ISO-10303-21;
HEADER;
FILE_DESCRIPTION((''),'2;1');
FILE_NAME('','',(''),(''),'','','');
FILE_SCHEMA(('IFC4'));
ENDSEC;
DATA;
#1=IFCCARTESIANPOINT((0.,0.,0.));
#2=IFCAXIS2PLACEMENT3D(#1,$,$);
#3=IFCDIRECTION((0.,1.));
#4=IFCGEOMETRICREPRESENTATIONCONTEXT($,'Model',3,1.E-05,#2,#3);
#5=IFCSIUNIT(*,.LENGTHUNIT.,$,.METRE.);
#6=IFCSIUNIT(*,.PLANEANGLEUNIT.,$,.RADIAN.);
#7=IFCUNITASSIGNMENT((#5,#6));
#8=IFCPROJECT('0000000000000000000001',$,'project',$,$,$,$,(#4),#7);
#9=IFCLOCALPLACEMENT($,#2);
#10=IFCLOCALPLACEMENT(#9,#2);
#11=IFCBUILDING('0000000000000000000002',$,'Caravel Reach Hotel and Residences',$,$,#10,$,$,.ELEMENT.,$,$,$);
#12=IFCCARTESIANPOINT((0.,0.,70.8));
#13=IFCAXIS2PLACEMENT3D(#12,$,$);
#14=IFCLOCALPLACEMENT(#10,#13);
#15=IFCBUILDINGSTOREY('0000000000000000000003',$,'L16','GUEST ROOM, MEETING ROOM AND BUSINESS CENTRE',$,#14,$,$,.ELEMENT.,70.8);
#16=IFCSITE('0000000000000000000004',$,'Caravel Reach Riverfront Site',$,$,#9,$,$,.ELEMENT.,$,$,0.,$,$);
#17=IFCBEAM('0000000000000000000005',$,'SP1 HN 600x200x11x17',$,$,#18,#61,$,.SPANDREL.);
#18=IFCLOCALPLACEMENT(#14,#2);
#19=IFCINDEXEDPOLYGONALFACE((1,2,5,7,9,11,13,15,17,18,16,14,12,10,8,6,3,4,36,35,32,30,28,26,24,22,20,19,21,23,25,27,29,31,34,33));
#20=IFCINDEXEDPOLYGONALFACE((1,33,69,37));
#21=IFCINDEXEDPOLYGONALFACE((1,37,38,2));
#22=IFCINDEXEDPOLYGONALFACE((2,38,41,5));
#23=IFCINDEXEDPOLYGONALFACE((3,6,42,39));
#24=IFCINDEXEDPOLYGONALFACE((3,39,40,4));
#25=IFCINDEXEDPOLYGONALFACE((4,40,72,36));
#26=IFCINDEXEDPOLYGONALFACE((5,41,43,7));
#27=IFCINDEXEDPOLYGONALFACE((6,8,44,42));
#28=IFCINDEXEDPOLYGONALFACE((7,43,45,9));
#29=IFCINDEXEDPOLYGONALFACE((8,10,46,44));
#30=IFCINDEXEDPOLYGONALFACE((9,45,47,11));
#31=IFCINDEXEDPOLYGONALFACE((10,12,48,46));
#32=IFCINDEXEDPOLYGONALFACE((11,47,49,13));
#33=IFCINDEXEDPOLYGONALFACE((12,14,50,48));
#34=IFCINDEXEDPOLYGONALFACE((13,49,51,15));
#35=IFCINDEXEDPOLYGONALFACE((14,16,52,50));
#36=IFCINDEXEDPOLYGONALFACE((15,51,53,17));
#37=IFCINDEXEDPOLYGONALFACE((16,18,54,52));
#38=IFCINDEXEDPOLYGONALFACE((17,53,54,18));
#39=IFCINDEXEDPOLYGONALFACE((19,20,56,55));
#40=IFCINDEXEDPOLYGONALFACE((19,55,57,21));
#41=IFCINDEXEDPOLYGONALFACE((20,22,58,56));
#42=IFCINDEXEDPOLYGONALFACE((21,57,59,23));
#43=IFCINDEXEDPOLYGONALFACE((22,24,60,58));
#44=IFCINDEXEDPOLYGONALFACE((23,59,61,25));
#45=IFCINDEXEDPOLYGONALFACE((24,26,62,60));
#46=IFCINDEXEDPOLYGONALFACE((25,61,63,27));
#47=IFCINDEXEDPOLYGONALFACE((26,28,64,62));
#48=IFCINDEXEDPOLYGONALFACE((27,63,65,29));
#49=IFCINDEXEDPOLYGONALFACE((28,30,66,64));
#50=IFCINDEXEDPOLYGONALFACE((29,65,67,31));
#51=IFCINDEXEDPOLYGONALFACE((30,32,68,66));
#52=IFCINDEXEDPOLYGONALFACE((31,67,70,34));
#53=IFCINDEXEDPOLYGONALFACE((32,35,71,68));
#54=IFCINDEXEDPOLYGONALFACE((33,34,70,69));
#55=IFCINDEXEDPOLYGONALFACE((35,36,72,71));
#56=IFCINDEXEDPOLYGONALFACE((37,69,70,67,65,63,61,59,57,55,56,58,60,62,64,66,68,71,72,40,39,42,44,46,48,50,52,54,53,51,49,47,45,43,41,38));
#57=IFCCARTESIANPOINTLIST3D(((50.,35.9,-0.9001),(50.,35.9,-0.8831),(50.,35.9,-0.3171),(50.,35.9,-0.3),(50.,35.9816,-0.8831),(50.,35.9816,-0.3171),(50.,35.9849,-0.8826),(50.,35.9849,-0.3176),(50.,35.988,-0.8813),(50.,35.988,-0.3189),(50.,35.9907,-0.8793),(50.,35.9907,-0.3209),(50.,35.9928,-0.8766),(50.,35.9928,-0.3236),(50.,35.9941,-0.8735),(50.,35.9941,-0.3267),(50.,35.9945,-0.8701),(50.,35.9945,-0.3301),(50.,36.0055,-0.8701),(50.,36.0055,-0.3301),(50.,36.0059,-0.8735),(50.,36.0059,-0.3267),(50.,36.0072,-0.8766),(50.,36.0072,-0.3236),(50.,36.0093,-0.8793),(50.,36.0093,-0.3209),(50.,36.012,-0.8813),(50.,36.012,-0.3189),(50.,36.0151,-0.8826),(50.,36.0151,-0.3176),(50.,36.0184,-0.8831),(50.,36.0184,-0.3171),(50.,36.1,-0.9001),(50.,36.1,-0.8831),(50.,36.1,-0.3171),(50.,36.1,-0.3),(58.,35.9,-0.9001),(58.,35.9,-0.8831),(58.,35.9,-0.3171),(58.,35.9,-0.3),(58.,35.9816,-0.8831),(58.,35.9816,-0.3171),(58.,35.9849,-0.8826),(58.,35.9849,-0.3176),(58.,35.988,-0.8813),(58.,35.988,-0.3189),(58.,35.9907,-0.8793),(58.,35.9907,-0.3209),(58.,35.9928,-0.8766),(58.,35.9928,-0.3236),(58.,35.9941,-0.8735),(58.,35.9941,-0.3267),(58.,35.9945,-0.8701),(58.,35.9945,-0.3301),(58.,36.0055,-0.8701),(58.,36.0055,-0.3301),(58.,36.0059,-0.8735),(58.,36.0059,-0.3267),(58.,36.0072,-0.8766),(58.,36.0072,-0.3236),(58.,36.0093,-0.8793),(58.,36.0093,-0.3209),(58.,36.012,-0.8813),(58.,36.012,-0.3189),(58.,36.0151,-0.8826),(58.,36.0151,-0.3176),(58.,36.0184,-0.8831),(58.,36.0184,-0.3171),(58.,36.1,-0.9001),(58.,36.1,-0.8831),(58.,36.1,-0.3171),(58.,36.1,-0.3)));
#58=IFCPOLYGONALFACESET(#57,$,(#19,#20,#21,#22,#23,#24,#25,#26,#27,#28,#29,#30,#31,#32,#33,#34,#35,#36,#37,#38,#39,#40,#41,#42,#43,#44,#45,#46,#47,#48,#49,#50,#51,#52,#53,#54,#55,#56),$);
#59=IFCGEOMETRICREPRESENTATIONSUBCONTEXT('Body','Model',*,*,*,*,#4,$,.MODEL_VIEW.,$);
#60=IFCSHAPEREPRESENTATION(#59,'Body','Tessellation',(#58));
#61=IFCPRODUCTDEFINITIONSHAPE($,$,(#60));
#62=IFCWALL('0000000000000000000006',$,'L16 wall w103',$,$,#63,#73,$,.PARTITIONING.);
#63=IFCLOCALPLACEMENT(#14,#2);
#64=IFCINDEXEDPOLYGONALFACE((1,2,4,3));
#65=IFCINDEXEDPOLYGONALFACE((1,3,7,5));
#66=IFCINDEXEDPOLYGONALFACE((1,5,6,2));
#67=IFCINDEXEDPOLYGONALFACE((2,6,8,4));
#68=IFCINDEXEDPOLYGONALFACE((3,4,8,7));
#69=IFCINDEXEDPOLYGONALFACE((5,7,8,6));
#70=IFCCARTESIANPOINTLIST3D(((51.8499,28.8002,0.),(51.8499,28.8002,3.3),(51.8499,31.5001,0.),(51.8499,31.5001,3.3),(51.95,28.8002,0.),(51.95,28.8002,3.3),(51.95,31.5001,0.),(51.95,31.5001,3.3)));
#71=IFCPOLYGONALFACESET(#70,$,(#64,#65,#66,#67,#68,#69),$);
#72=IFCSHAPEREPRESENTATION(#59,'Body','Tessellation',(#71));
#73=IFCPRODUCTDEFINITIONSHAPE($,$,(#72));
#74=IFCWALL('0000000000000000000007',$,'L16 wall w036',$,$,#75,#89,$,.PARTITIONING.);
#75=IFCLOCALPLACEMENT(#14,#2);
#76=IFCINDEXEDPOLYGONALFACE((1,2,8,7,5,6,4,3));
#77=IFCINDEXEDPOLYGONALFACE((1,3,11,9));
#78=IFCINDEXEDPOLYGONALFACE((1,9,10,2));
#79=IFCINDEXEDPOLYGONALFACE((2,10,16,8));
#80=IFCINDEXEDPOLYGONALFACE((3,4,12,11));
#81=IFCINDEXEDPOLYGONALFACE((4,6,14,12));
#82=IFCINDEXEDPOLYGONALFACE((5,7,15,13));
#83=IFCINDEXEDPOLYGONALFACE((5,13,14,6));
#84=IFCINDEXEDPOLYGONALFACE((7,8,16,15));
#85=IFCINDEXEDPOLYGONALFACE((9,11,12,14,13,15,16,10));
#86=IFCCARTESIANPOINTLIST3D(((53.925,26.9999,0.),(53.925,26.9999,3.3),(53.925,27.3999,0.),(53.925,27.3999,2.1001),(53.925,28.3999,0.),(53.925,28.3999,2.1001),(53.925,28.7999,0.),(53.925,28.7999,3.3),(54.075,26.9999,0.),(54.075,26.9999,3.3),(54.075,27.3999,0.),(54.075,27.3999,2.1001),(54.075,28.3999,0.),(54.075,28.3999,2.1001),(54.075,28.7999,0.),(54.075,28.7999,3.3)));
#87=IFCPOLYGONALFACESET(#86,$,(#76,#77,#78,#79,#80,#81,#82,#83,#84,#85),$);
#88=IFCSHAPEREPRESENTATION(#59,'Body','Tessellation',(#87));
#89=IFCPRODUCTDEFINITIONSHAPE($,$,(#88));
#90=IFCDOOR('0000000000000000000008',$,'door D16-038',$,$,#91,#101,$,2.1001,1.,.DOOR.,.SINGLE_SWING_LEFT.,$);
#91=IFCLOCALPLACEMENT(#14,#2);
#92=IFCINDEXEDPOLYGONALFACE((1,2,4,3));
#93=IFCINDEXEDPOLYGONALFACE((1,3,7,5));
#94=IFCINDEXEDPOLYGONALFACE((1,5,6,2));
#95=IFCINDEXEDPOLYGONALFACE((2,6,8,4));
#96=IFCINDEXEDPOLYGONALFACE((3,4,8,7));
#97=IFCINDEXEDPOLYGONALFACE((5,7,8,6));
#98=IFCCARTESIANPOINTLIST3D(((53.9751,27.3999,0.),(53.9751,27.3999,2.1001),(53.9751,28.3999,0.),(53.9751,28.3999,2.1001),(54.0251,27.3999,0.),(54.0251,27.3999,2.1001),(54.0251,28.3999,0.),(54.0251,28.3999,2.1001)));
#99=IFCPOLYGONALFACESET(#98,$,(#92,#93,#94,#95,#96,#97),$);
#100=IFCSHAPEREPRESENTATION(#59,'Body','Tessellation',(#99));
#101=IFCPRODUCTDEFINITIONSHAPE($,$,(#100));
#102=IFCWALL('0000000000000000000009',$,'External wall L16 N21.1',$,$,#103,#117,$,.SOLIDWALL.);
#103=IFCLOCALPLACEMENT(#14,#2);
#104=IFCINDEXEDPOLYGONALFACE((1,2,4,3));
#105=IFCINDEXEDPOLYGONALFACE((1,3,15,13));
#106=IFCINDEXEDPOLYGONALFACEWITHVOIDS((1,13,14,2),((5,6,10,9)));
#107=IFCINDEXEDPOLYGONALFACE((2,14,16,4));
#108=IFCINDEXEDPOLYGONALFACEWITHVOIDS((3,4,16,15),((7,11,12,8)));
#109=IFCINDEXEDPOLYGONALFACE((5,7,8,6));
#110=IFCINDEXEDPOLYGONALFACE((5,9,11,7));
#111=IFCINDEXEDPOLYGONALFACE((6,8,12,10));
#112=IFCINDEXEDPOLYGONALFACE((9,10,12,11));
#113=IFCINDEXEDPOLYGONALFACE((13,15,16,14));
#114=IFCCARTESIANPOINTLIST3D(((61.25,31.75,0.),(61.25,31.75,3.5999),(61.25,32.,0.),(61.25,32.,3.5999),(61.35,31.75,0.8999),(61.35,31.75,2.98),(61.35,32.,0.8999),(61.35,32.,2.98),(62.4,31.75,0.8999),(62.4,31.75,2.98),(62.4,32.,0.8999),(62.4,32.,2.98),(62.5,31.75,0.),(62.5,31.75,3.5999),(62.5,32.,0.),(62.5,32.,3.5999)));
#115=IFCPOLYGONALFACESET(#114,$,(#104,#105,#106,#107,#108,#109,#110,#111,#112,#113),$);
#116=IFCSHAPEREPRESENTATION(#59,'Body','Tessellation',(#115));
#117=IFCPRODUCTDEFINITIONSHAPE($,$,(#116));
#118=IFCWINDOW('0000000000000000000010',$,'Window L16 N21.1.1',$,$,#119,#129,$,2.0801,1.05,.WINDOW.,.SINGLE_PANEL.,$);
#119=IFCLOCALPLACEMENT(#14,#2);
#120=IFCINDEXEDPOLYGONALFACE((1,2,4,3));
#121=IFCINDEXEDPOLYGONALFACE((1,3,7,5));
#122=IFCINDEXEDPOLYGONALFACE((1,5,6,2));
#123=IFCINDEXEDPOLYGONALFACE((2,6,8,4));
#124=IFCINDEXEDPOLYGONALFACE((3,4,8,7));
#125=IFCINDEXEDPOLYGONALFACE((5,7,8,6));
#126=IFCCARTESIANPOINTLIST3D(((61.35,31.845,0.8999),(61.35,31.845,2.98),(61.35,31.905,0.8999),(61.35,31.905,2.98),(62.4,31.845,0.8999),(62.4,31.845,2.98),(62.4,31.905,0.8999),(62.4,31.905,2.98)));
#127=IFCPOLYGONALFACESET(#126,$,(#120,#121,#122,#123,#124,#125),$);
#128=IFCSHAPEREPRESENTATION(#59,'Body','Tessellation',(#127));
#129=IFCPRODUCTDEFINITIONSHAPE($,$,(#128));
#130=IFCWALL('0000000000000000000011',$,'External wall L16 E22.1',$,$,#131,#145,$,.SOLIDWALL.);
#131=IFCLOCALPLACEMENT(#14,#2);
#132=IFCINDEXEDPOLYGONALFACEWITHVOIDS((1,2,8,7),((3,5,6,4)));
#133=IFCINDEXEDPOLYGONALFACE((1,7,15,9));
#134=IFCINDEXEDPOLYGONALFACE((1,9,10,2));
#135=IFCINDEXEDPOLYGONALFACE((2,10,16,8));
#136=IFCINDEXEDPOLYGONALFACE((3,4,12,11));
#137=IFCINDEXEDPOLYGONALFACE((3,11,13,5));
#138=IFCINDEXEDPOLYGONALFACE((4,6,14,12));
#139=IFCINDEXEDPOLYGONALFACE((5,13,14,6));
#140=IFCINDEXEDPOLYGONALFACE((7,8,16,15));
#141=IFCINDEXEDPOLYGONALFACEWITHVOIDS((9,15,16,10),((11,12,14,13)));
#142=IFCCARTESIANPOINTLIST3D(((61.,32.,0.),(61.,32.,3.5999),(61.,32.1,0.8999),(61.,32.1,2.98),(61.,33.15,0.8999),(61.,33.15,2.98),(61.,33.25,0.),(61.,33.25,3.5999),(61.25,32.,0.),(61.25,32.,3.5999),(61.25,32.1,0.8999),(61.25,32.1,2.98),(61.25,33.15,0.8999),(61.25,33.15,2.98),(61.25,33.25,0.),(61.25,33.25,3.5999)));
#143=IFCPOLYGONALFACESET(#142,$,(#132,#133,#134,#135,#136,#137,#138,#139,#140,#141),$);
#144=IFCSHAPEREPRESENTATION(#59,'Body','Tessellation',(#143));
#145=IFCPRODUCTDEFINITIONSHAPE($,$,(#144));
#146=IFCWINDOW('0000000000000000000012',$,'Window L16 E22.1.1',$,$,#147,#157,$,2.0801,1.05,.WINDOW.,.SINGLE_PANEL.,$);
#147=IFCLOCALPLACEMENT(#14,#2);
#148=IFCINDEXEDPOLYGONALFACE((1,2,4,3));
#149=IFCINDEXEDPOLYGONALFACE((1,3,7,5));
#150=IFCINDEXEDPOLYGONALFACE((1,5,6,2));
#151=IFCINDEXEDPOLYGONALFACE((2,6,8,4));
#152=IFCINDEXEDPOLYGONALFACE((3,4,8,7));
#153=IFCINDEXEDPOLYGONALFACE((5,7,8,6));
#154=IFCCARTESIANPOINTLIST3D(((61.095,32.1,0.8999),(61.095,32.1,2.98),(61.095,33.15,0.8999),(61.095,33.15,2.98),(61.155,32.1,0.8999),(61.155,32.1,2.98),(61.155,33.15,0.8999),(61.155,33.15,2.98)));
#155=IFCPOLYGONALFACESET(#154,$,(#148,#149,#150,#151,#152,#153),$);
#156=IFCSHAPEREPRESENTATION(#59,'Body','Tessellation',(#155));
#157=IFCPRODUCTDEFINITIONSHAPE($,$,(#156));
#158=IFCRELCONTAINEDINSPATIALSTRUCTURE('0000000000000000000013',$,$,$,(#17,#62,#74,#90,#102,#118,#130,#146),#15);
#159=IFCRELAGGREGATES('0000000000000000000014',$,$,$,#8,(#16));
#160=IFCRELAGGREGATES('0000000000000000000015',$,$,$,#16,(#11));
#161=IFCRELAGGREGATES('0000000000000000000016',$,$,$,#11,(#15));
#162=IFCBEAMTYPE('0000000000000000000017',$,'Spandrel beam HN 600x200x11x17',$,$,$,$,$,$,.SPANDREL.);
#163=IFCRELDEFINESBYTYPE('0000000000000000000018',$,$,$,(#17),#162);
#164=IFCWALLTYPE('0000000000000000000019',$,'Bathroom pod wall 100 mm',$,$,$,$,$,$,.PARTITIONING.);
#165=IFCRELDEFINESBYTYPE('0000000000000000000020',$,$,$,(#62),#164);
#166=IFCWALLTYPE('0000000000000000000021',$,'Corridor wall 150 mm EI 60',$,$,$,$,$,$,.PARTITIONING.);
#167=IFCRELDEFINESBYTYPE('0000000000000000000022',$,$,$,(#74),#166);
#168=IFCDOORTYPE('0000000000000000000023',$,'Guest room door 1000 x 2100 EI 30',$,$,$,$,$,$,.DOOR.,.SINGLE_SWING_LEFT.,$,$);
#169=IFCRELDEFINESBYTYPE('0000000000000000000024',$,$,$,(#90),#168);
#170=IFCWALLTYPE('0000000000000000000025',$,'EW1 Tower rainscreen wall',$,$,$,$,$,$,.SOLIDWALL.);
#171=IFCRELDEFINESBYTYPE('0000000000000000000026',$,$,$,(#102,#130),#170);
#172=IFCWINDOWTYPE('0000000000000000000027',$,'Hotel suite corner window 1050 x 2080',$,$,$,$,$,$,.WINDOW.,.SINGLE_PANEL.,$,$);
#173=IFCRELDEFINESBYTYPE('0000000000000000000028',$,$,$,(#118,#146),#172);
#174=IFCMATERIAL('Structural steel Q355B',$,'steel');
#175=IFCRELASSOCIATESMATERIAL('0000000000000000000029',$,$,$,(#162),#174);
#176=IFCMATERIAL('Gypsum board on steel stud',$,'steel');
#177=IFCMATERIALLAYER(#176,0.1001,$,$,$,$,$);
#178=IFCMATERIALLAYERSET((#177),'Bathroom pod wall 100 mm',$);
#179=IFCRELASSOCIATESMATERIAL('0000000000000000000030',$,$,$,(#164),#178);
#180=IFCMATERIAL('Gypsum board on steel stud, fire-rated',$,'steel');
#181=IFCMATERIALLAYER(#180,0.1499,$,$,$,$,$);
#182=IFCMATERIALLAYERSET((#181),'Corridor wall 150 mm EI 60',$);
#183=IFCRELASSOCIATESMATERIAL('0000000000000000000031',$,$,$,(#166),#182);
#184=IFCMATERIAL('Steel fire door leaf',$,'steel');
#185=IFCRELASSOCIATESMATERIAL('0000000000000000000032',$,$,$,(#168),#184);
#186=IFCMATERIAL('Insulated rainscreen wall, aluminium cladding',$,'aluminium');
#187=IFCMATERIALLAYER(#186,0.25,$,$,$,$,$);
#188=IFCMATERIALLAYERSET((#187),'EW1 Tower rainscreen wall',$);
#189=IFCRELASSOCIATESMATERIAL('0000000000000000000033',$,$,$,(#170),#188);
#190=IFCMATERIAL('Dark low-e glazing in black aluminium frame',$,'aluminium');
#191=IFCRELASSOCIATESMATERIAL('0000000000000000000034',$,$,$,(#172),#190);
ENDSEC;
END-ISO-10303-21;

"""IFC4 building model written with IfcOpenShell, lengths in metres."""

from ifc_helpers import new_model, si_unit, direction, frame, frame_2d, origin, origin_2d, place, context, subcontext, project, spatial, rectangle, i_section, extrude, material, layer, layer_set, material_profile, profile_set, type_object, element, fill, save


model = new_model("IFC4")

# Units and contexts
model_context = context("Model", 3, precision=1e-05, world=origin(), true_north=direction((0.0, 1.0)))
body_context = subcontext(model_context, "Body", "Model", "MODEL_VIEW")
ifc_project = project(units=[si_unit("LENGTHUNIT", "METRE"), si_unit("PLANEANGLEUNIT", "RADIAN")], contexts=[model_context])

# Site, building, storey
site_placement = place(None, origin())
site = spatial("IfcSite", under=ifc_project, at=site_placement, Name="Caravel Reach Riverfront Site", CompositionType="ELEMENT", RefElevation=0.0)
building_placement = place(site_placement, origin())
building = spatial("IfcBuilding", under=site, at=building_placement, Name="Caravel Reach Hotel and Residences", CompositionType="ELEMENT")
storey_placement = place(building_placement, frame((0.0, 0.0, 70.8)))
storey = spatial("IfcBuildingStorey", under=building, at=storey_placement, Name="L16", Description="GUEST ROOM, MEETING ROOM AND BUSINESS CENTRE", CompositionType="ELEMENT", Elevation=70.8)

# Beam
ifc_material_1 = material(Name="Structural steel Q355B", Category="steel")
ifc_material_profile_1 = material_profile(ifc_material_1, i_section(OverallWidth=0.2, OverallDepth=0.6001, WebThickness=0.011, FlangeThickness=0.0171, FilletRadius=0.0129, at=origin_2d()), Name="HN 600x200x11x17")
ifc_profile_set_1 = profile_set([ifc_material_profile_1], Name="Structural steel Q355B")
beam_type_1 = type_object("IfcBeamType", Name="Spandrel beam HN 600x200x11x17", PredefinedType="SPANDREL", material=ifc_profile_set_1)
beam_1_placement = place(storey_placement, frame((58.0, 36.0, -0.6001), z_axis=(-1.0, 0.0, 0.0), x_axis=(0.0, -1.0, 0.0)))
element("IfcBeam", 1, at=beam_1_placement, inside=storey, type_object=beam_type_1, Name="SP1 HN 600x200x11x17", PredefinedType="SPANDREL", context=body_context, shape_type="SweptSolid", body=[
    extrude(i_section(OverallWidth=0.2, OverallDepth=0.6001, WebThickness=0.011, FlangeThickness=0.0171, FilletRadius=0.0129, at=origin_2d()), origin(), (0.0, 0.0, 1.0), 8.0),
])

# Wall
ifc_material_2 = material(Name="Gypsum board on steel stud", Category="steel")
ifc_layer_1 = layer(ifc_material_2, 0.1001)
ifc_layer_set_1 = layer_set([ifc_layer_1], Name="Bathroom pod wall 100 mm")
wall_type_1 = type_object("IfcWallType", Name="Bathroom pod wall 100 mm", PredefinedType="PARTITIONING", material=ifc_layer_set_1)
wall_1_placement = place(storey_placement, frame((51.8999, 28.8, 0.0), z_axis=(0.0, 0.0, 1.0), x_axis=(0.0, 1.0, 0.0)))
element("IfcWall", 2, at=wall_1_placement, inside=storey, type_object=wall_type_1, Name="L16 wall w103", PredefinedType="PARTITIONING", context=body_context, shape_type="SweptSolid", body=[
    extrude(rectangle(XDim=2.7, YDim=0.1001, at=frame_2d((1.3501, 0.0))), origin(), (0.0, 0.0, 1.0), 3.3),
])

# Wall, opening, door
ifc_material_3 = material(Name="Gypsum board on steel stud, fire-rated", Category="steel")
ifc_layer_2 = layer(ifc_material_3, 0.1499)
ifc_layer_set_2 = layer_set([ifc_layer_2], Name="Corridor wall 150 mm EI 60")
wall_type_2 = type_object("IfcWallType", Name="Corridor wall 150 mm EI 60", PredefinedType="PARTITIONING", material=ifc_layer_set_2)
wall_2_placement = place(storey_placement, frame((54.0, 27.0, 0.0), z_axis=(0.0, 0.0, 1.0), x_axis=(0.0, 1.0, 0.0)))
wall_2 = element("IfcWall", 3, at=wall_2_placement, inside=storey, type_object=wall_type_2, Name="L16 wall w036", PredefinedType="PARTITIONING", context=body_context, shape_type="SweptSolid", body=[
    extrude(rectangle(XDim=1.8, YDim=0.1499, at=frame_2d((0.8999, 0.0))), origin(), (0.0, 0.0, 1.0), 3.3),
])
opening_1_placement = place(wall_2_placement, frame((0.3999, 0.0, 0.0)))
opening_1 = element("IfcOpeningElement", 4, at=opening_1_placement, cuts=wall_2, PredefinedType="OPENING", context=body_context, shape_type="SweptSolid", body=[
    extrude(rectangle(XDim=1.0, YDim=2.1001, at=frame_2d((0.5, 1.05))), frame((0.0, 0.085, 0.0), z_axis=(0.0, -1.0, 0.0), x_axis=(1.0, 0.0, 0.0)), (0.0, 0.0, 1.0), 0.1699),
])
ifc_material_4 = material(Name="Steel fire door leaf", Category="steel")
door_type = type_object("IfcDoorType", Name="Guest room door 1000 x 2100 EI 30", OperationType="SINGLE_SWING_LEFT", PredefinedType="DOOR", material=ifc_material_4)
door_placement = place(opening_1_placement, origin())
door = element("IfcDoor", 5, at=door_placement, inside=storey, type_object=door_type, Name="door D16-038", OperationType="SINGLE_SWING_LEFT", OverallHeight=2.1001, OverallWidth=1.0, PredefinedType="DOOR", context=body_context, shape_type="SweptSolid", body=[
    extrude(rectangle(XDim=1.0, YDim=2.1001, at=frame_2d((0.5, 1.05))), frame((0.0, 0.0249, 0.0), z_axis=(0.0, -1.0, 0.0), x_axis=(1.0, 0.0, 0.0)), (0.0, 0.0, 1.0), 0.05),
])
fill(opening_1, door)

# Walls, openings, windows
ifc_material_5 = material(Name="Insulated rainscreen wall, aluminium cladding", Category="aluminium")
ifc_layer_3 = layer(ifc_material_5, 0.25)
ifc_layer_set_3 = layer_set([ifc_layer_3], Name="EW1 Tower rainscreen wall")
wall_type_3 = type_object("IfcWallType", Name="EW1 Tower rainscreen wall", PredefinedType="SOLIDWALL", material=ifc_layer_set_3)
wall_3_placement = place(storey_placement, frame((62.5, 31.875, 0.0), z_axis=(0.0, 0.0, 1.0), x_axis=(-1.0, 0.0, 0.0)))
wall_3 = element("IfcWall", 6, at=wall_3_placement, inside=storey, type_object=wall_type_3, Name="External wall L16 N21.1", PredefinedType="SOLIDWALL", context=body_context, shape_type="SweptSolid", body=[
    extrude(rectangle(XDim=1.25, YDim=0.25, at=frame_2d((0.625, 0.0))), origin(), (0.0, 0.0, 1.0), 3.5999),
])
opening_2_placement = place(wall_3_placement, frame((0.1001, 0.0, 0.8999)))
opening_2 = element("IfcOpeningElement", 7, at=opening_2_placement, cuts=wall_3, PredefinedType="OPENING", context=body_context, shape_type="SweptSolid", body=[
    extrude(rectangle(XDim=1.05, YDim=2.0801, at=frame_2d((0.5249, 1.04))), frame((0.0, 0.135, 0.0), z_axis=(0.0, -1.0, 0.0), x_axis=(1.0, 0.0, 0.0)), (0.0, 0.0, 1.0), 0.27),
])
ifc_material_6 = material(Name="Dark low-e glazing in black aluminium frame", Category="aluminium")
window_type_1 = type_object("IfcWindowType", Name="Hotel suite corner window 1050 x 2080", PartitioningType="SINGLE_PANEL", PredefinedType="WINDOW", material=ifc_material_6)
window_1_placement = place(opening_2_placement, origin())
window_1 = element("IfcWindow", 8, at=window_1_placement, inside=storey, type_object=window_type_1, Name="Window L16 N21.1.1", OverallHeight=2.0801, OverallWidth=1.05, PartitioningType="SINGLE_PANEL", PredefinedType="WINDOW", context=body_context, shape_type="SweptSolid", body=[
    extrude(rectangle(XDim=1.05, YDim=2.0801, at=frame_2d((0.5249, 1.04))), frame((0.0, 0.03, 0.0), z_axis=(0.0, -1.0, 0.0), x_axis=(1.0, 0.0, 0.0)), (0.0, 0.0, 1.0), 0.0601),
])
fill(opening_2, window_1)
wall_4_placement = place(storey_placement, frame((61.125, 32.0, 0.0), z_axis=(0.0, 0.0, 1.0), x_axis=(0.0, 1.0, 0.0)))
wall_4 = element("IfcWall", 9, at=wall_4_placement, inside=storey, type_object=wall_type_3, Name="External wall L16 E22.1", PredefinedType="SOLIDWALL", context=body_context, shape_type="SweptSolid", body=[
    extrude(rectangle(XDim=1.25, YDim=0.25, at=frame_2d((0.625, 0.0))), origin(), (0.0, 0.0, 1.0), 3.5999),
])
opening_3_placement = place(wall_4_placement, frame((0.1001, 0.0, 0.8999)))
opening_3 = element("IfcOpeningElement", 10, at=opening_3_placement, cuts=wall_4, PredefinedType="OPENING", context=body_context, shape_type="SweptSolid", body=[
    extrude(rectangle(XDim=1.05, YDim=2.0801, at=frame_2d((0.5249, 1.04))), frame((0.0, 0.135, 0.0), z_axis=(0.0, -1.0, 0.0), x_axis=(1.0, 0.0, 0.0)), (0.0, 0.0, 1.0), 0.27),
])
window_2_placement = place(opening_3_placement, origin())
window_2 = element("IfcWindow", 11, at=window_2_placement, inside=storey, type_object=window_type_1, Name="Window L16 E22.1.1", OverallHeight=2.0801, OverallWidth=1.05, PartitioningType="SINGLE_PANEL", PredefinedType="WINDOW", context=body_context, shape_type="SweptSolid", body=[
    extrude(rectangle(XDim=1.05, YDim=2.0801, at=frame_2d((0.5249, 1.04))), frame((0.0, 0.03, 0.0), z_axis=(0.0, -1.0, 0.0), x_axis=(1.0, 0.0, 0.0)), (0.0, 0.0, 1.0), 0.0601),
])
fill(opening_3, window_2)

save(model, "model.ifc")
